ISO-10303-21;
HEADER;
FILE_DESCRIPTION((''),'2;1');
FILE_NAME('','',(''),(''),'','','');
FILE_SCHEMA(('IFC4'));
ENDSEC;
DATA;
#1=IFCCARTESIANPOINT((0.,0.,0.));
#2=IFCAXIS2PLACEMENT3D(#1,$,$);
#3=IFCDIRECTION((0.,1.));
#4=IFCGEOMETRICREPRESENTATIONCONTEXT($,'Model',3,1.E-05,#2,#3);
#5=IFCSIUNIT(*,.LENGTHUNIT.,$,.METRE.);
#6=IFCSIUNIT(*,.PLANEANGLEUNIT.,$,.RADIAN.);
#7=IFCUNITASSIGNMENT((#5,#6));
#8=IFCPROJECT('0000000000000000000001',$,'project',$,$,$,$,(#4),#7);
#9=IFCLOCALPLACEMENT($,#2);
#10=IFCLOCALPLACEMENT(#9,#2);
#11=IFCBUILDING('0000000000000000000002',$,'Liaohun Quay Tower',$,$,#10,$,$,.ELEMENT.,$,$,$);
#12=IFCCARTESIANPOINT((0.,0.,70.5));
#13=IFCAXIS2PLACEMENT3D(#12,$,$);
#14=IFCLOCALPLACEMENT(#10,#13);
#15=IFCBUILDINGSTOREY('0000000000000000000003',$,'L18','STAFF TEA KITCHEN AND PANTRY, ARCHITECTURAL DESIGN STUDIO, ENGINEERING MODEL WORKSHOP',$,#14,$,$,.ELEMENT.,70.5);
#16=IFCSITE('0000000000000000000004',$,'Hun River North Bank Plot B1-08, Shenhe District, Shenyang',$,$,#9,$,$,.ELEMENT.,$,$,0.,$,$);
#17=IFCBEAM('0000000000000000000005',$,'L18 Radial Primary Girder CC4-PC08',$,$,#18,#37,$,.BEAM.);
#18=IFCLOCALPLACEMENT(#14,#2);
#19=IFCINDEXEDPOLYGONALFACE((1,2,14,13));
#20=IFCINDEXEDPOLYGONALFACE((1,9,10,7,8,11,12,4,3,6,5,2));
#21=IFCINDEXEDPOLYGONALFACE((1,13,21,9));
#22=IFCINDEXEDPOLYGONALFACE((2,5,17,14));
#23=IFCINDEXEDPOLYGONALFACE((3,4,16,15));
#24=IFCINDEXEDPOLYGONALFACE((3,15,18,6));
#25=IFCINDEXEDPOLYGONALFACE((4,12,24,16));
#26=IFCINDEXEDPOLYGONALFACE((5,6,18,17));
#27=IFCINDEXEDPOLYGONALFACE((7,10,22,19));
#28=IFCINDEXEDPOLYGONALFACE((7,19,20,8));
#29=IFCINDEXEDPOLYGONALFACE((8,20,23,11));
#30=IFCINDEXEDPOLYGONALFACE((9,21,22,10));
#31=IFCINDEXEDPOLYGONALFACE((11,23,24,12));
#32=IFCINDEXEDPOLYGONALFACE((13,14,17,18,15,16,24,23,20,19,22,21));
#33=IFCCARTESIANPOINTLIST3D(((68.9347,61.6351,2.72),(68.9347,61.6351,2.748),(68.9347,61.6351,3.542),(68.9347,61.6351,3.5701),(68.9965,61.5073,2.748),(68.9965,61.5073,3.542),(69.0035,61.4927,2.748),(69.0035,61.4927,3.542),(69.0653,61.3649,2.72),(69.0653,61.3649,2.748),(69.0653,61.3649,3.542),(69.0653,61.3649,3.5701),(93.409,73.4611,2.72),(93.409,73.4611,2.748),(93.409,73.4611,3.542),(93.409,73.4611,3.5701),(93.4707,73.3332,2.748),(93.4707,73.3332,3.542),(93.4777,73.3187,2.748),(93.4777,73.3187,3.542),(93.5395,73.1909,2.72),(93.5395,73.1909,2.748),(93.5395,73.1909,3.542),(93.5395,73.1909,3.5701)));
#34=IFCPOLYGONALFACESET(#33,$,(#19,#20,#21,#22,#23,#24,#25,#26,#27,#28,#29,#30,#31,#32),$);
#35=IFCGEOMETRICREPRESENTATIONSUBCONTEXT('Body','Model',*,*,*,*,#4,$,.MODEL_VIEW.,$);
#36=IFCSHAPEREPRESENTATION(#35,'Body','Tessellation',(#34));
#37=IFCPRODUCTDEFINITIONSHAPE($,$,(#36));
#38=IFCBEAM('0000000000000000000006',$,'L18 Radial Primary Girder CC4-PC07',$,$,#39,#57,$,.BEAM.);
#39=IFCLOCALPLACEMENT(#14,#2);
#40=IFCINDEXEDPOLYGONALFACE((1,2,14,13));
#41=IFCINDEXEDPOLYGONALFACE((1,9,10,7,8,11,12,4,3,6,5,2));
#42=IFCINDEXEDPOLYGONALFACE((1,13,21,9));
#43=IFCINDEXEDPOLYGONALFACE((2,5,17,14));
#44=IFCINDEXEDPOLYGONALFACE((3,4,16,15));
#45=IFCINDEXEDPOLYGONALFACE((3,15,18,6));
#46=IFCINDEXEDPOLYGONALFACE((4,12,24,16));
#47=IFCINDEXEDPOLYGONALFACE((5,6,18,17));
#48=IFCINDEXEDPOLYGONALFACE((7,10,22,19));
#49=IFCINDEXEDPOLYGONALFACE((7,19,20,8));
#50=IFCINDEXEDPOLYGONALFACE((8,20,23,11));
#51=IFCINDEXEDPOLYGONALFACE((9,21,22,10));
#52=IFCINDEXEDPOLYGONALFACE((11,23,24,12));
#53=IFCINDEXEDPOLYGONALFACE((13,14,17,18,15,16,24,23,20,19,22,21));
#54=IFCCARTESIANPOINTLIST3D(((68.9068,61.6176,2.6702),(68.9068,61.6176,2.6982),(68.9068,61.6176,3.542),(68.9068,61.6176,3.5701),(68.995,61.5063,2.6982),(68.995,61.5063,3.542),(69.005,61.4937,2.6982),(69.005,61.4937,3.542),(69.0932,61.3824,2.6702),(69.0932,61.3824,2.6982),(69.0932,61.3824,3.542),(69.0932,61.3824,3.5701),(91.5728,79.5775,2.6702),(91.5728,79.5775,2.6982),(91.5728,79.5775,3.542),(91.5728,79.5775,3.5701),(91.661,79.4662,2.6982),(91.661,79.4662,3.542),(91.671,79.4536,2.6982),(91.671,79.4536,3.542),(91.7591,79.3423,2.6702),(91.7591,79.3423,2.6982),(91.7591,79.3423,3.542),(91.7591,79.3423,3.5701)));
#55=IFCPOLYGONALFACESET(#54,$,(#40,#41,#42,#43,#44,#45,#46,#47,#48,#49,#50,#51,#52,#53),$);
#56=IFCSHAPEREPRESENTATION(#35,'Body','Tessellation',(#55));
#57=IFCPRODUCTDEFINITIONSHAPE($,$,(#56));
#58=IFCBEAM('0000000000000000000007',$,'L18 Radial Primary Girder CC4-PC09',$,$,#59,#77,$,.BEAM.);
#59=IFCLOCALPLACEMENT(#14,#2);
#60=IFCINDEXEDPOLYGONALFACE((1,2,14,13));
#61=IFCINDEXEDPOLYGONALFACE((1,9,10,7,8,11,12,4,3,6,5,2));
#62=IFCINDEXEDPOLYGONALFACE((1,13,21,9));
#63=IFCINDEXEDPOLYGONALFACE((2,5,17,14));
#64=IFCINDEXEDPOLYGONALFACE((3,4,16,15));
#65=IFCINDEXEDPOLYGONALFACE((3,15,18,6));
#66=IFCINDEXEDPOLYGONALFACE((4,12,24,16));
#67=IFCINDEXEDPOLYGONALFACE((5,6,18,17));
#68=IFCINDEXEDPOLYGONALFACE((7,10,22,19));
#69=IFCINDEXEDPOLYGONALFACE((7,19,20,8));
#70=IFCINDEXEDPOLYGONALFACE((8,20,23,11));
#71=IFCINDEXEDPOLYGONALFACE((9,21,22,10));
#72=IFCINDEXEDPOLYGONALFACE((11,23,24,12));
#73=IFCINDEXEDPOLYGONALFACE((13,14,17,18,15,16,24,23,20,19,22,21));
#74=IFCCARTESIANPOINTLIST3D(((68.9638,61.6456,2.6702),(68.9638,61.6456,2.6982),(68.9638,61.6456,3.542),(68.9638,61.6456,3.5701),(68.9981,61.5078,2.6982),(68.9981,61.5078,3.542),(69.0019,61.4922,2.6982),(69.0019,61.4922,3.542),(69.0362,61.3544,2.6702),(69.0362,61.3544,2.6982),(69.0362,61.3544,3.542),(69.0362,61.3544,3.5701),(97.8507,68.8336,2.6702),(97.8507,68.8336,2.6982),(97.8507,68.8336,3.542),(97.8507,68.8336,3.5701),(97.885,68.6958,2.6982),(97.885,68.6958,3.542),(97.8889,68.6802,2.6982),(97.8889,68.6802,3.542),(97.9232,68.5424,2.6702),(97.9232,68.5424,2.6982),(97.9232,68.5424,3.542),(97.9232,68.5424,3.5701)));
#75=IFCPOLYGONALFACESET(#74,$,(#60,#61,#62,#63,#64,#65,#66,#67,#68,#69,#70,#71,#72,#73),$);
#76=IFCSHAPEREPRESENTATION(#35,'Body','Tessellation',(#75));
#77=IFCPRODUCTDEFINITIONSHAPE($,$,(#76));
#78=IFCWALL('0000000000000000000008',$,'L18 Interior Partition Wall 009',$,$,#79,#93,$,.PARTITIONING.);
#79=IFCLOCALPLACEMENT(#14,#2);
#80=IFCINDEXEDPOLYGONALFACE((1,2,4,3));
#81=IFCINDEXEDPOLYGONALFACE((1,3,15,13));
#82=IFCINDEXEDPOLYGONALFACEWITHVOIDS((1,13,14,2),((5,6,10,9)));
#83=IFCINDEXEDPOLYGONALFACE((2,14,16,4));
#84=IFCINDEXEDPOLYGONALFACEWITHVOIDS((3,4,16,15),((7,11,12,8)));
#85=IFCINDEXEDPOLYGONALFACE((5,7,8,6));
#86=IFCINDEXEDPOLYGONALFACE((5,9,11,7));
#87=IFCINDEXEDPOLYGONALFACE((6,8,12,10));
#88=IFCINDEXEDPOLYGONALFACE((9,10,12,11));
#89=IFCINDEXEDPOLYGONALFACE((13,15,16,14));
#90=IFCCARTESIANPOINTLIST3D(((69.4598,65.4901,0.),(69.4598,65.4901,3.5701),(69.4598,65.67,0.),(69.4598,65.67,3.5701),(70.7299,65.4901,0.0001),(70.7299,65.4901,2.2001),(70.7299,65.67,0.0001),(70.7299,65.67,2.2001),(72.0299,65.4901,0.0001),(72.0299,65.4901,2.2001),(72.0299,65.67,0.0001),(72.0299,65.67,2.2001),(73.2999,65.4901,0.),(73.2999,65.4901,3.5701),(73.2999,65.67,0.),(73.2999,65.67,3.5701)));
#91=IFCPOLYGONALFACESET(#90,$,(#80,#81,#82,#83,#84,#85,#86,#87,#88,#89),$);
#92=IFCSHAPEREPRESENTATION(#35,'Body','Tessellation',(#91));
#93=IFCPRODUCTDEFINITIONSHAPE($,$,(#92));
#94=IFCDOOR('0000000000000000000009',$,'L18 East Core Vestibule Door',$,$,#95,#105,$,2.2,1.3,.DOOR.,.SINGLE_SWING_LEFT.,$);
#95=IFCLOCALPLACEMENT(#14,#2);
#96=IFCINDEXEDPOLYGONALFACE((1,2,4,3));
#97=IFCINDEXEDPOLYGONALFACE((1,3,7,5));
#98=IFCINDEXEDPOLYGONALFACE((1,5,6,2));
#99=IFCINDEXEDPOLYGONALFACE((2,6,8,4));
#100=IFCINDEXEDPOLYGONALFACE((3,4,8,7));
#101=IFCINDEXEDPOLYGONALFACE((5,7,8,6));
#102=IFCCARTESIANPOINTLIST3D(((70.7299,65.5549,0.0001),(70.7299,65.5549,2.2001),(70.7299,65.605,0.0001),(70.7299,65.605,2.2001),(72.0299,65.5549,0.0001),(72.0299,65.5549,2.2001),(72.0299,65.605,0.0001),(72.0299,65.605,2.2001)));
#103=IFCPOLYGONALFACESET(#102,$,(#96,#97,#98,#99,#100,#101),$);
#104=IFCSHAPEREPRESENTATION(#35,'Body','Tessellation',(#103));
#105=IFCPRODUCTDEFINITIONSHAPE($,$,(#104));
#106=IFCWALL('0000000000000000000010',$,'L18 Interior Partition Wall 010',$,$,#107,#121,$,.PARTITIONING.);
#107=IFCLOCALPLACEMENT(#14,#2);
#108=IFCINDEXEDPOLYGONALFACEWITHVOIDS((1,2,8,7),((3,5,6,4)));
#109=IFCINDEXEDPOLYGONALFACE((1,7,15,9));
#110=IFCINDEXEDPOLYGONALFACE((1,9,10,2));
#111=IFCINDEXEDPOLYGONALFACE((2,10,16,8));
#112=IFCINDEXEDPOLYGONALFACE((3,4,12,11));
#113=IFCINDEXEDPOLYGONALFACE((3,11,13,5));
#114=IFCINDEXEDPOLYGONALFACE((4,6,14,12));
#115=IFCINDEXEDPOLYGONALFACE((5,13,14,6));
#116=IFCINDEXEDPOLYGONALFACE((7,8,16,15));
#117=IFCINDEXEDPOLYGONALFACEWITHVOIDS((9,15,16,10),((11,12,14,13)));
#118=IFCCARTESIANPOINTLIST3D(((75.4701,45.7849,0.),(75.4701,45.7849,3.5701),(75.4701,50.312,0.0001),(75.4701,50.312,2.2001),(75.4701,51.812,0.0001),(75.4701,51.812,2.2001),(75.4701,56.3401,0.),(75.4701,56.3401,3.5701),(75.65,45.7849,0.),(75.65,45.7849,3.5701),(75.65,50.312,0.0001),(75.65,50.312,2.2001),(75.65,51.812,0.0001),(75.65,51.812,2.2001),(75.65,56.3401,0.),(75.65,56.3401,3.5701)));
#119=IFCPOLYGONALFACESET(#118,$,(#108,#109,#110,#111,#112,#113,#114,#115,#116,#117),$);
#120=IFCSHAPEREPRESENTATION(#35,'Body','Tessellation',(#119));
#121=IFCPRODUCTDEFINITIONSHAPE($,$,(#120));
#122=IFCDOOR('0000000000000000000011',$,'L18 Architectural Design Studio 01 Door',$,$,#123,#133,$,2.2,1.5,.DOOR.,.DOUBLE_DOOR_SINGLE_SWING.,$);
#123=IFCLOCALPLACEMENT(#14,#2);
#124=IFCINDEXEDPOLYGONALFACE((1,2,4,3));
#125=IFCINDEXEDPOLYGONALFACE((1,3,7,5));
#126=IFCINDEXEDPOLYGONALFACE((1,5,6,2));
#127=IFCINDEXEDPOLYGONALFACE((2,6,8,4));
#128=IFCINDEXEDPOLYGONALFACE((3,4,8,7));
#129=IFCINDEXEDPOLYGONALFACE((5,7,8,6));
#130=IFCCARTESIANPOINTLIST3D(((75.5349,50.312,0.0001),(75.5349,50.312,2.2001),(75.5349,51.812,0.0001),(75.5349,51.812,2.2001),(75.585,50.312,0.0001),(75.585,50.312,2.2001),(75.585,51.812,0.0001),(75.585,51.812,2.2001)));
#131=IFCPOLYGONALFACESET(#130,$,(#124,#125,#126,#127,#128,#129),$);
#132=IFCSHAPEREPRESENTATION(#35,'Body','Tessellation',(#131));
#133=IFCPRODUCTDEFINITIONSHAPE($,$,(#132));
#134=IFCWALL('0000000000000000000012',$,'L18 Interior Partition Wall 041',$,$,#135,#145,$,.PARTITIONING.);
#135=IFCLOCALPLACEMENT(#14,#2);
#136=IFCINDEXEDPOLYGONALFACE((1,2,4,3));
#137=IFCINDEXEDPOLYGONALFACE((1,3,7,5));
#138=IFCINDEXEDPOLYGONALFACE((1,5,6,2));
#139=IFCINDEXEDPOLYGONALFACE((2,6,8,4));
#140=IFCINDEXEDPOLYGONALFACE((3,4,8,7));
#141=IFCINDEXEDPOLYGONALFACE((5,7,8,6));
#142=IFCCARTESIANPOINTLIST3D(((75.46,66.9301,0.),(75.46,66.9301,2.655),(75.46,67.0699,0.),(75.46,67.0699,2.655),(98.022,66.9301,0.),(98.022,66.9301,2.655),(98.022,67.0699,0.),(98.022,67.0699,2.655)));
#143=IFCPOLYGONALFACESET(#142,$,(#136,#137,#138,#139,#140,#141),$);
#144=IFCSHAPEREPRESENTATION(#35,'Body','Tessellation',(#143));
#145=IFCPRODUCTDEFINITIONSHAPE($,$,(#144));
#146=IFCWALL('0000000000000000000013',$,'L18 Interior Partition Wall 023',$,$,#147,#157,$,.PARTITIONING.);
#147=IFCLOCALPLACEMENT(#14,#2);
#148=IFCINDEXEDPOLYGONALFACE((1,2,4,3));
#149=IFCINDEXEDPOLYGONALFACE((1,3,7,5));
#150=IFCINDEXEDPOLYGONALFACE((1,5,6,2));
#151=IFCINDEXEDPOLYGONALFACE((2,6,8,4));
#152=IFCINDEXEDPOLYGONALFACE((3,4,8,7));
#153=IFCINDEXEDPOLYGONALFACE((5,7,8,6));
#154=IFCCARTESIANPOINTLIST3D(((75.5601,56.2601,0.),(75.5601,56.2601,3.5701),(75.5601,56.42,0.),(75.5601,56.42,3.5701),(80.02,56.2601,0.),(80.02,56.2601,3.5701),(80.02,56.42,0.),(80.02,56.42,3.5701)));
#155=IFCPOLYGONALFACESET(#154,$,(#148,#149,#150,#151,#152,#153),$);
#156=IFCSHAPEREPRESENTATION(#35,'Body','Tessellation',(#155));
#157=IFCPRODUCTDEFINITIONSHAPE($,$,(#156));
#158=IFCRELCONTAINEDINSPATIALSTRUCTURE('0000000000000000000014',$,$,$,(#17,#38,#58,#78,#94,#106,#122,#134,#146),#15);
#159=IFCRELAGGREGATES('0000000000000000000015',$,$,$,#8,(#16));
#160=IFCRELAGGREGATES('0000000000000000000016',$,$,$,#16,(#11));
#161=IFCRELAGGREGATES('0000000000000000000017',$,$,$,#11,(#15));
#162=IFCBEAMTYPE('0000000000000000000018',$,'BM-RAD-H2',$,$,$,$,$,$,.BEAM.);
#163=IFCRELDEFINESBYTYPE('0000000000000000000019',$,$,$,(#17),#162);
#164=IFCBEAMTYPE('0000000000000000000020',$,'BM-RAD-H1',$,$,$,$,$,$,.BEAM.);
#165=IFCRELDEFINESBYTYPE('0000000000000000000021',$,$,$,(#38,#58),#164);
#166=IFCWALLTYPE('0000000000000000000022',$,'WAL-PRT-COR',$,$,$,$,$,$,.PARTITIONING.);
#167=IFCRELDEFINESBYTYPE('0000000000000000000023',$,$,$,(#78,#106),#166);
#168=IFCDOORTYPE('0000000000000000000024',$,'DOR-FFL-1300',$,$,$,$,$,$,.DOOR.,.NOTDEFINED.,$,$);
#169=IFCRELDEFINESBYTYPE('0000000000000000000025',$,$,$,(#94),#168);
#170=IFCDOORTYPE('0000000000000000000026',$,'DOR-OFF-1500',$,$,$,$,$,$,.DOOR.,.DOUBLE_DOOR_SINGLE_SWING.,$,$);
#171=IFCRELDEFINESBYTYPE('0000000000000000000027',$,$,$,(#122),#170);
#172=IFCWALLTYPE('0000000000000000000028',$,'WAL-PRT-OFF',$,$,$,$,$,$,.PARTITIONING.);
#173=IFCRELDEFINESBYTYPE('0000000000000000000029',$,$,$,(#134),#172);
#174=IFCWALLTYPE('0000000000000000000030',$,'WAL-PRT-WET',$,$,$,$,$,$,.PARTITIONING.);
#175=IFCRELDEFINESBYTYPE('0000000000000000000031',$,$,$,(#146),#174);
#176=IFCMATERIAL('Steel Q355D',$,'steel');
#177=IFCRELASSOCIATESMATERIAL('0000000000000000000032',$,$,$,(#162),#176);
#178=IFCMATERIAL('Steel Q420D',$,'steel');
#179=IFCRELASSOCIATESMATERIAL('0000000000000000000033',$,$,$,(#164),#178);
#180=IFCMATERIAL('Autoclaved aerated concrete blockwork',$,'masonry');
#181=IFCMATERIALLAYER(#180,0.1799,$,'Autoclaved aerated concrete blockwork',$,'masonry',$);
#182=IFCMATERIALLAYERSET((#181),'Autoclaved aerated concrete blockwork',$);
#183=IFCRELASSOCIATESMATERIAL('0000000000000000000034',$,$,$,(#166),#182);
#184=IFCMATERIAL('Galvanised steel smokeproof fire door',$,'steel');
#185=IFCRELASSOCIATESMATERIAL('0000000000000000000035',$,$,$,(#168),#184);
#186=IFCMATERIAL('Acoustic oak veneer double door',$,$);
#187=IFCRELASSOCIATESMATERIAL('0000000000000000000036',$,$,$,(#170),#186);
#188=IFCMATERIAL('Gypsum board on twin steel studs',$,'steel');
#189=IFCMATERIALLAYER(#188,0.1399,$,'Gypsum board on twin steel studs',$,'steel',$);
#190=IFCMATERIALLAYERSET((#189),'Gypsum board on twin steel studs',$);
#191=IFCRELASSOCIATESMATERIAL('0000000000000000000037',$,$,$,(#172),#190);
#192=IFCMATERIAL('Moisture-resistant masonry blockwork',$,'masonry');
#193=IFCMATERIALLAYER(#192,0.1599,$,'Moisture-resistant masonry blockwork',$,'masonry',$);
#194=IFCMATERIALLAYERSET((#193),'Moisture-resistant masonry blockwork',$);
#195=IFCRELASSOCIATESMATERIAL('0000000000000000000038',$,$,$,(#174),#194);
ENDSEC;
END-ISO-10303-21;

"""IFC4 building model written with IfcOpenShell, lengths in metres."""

from ifc_helpers import new_model, si_unit, direction, frame, frame_2d, origin, origin_2d, place, context, subcontext, project, spatial, rectangle, i_section, extrude, source, transform, mapped, material, layer, layer_set, material_profile, profile_set, type_object, element, fill, save


model = new_model("IFC4")

# Units and contexts
model_context = context("Model", 3, precision=1e-05, world=origin(), true_north=direction((0.0, 1.0)))
body_context = subcontext(model_context, "Body", "Model", "MODEL_VIEW")
ifc_project = project(units=[si_unit("LENGTHUNIT", "METRE"), si_unit("PLANEANGLEUNIT", "RADIAN")], contexts=[model_context])

# Site, building, storey
site_placement = place(None, origin())
site = spatial("IfcSite", under=ifc_project, at=site_placement, Name="Hun River North Bank Plot B1-08, Shenhe District, Shenyang", CompositionType="ELEMENT", RefElevation=0.0)
building_placement = place(site_placement, origin())
building = spatial("IfcBuilding", under=site, at=building_placement, Name="Liaohun Quay Tower", CompositionType="ELEMENT")
storey_placement = place(building_placement, frame((0.0, 0.0, 70.5)))
storey = spatial("IfcBuildingStorey", under=building, at=storey_placement, Name="L18", Description="STAFF TEA KITCHEN AND PANTRY, ARCHITECTURAL DESIGN STUDIO, ENGINEERING MODEL WORKSHOP", CompositionType="ELEMENT", Elevation=70.5)

# Beams
ifc_material_1 = material(Name="Steel Q355D", Category="steel")
ifc_material_profile_1 = material_profile(ifc_material_1, i_section(OverallWidth=0.3, OverallDepth=0.8501, WebThickness=0.0161, FlangeThickness=0.0281, at=origin_2d()), Name="HN850x300x16x28")
ifc_profile_set_1 = profile_set([ifc_material_profile_1], Name="Steel Q355D")
beam_type_1 = type_object("IfcBeamType", Name="BM-RAD-H2", PredefinedType="BEAM", material=ifc_profile_set_1)
shared_shape_1 = source(origin(), body_context, "Body", "SweptSolid", [
    extrude(i_section(OverallWidth=0.3, OverallDepth=0.8501, WebThickness=0.0161, FlangeThickness=0.0281, at=origin_2d()), origin(), (0.0, 0.0, 1.0), 27.1816),
])
beam_1_placement = place(storey_placement, frame((69.0, 61.5, 3.145), z_axis=(0.900396, 0.435072, 0.0), x_axis=(-0.435072, 0.900396, 0.0)))
element("IfcBeam", 1, at=beam_1_placement, inside=storey, type_object=beam_type_1, Name="L18 Radial Primary Girder CC4-PC08", PredefinedType="BEAM", context=body_context, shape_type="MappedRepresentation", body=[
    mapped(shared_shape_1, transform((0.0, 0.0, 0.0), x_axis=(1.0, 0.0, 0.0), y_axis=(0.0, 1.0, 0.0), z_axis=(0.0, 0.0, 1.0), scale=1.0)),
])
ifc_material_2 = material(Name="Steel Q420D", Category="steel")
ifc_material_profile_2 = material_profile(ifc_material_2, i_section(OverallWidth=0.3, OverallDepth=0.8999, WebThickness=0.0161, FlangeThickness=0.0281, at=origin_2d()), Name="HN900x300x16x28")
ifc_profile_set_2 = profile_set([ifc_material_profile_2], Name="Steel Q420D")
beam_type_2 = type_object("IfcBeamType", Name="BM-RAD-H1", PredefinedType="BEAM", material=ifc_profile_set_2)
shared_shape_2 = source(origin(), body_context, "Body", "SweptSolid", [
    extrude(i_section(OverallWidth=0.3, OverallDepth=0.8999, WebThickness=0.0161, FlangeThickness=0.0281, at=origin_2d()), origin(), (0.0, 0.0, 1.0), 28.9189),
])
beam_2_placement = place(storey_placement, frame((69.0, 61.5, 3.1201), z_axis=(0.783776, 0.621044, 0.0), x_axis=(-0.621044, 0.783776, 0.0)))
element("IfcBeam", 2, at=beam_2_placement, inside=storey, type_object=beam_type_2, Name="L18 Radial Primary Girder CC4-PC07", PredefinedType="BEAM", context=body_context, shape_type="MappedRepresentation", body=[
    mapped(shared_shape_2, transform((0.0, 0.0, 0.0), x_axis=(1.0, 0.0, 0.0), y_axis=(0.0, 1.0, 0.0), z_axis=(0.0, 0.0, 1.0), scale=1.0)),
])
shared_shape_3 = source(origin(), body_context, "Body", "SweptSolid", [
    extrude(i_section(OverallWidth=0.3, OverallDepth=0.8999, WebThickness=0.0161, FlangeThickness=0.0281, at=origin_2d()), origin(), (0.0, 0.0, 1.0), 29.7678),
])
beam_3_placement = place(storey_placement, frame((69.0, 61.5, 3.1201), z_axis=(0.970409, 0.241468, 0.0), x_axis=(-0.241468, 0.970409, 0.0)))
element("IfcBeam", 3, at=beam_3_placement, inside=storey, type_object=beam_type_2, Name="L18 Radial Primary Girder CC4-PC09", PredefinedType="BEAM", context=body_context, shape_type="MappedRepresentation", body=[
    mapped(shared_shape_3, transform((0.0, 0.0, 0.0), x_axis=(1.0, 0.0, 0.0), y_axis=(0.0, 1.0, 0.0), z_axis=(0.0, 0.0, 1.0), scale=1.0)),
])

# Walls, openings, doors
ifc_material_3 = material(Name="Autoclaved aerated concrete blockwork", Category="masonry")
ifc_layer_1 = layer(ifc_material_3, 0.1799, Name="Autoclaved aerated concrete blockwork", Category="masonry")
ifc_layer_set_1 = layer_set([ifc_layer_1], Name="Autoclaved aerated concrete blockwork")
wall_type_1 = type_object("IfcWallType", Name="WAL-PRT-COR", PredefinedType="PARTITIONING", material=ifc_layer_set_1)
wall_1_placement = place(storey_placement, frame((69.46, 65.5801, 0.0), z_axis=(0.0, 0.0, 1.0), x_axis=(1.0, 0.0, 0.0)))
wall_1 = element("IfcWall", 4, at=wall_1_placement, inside=storey, type_object=wall_type_1, Name="L18 Interior Partition Wall 009", PredefinedType="PARTITIONING", context=body_context, shape_type="SweptSolid", body=[
    extrude(rectangle(XDim=3.8401, YDim=0.1799, at=frame_2d((1.9199, 0.0))), origin(), (0.0, 0.0, 1.0), 3.5701),
])
shared_shape_4 = source(origin(), body_context, "Body", "SweptSolid", [
    extrude(rectangle(XDim=1.3, YDim=2.2, at=frame_2d((0.6499, 1.1001))), frame((0.0, 0.0999, 0.0), z_axis=(0.0, -1.0, 0.0), x_axis=(1.0, 0.0, 0.0)), (0.0, 0.0, 1.0), 0.2),
])
opening_1_placement = place(wall_1_placement, frame((1.27, 0.0, 0.0)))
opening_1 = element("IfcOpeningElement", 5, at=opening_1_placement, cuts=wall_1, PredefinedType="OPENING", context=body_context, shape_type="MappedRepresentation", body=[
    mapped(shared_shape_4, transform((0.0, 0.0, 0.0), x_axis=(1.0, 0.0, 0.0), y_axis=(0.0, 1.0, 0.0), z_axis=(0.0, 0.0, 1.0), scale=1.0)),
])
ifc_material_4 = material(Name="Galvanised steel smokeproof fire door", Category="steel")
door_type_1 = type_object("IfcDoorType", Name="DOR-FFL-1300", OperationType="NOTDEFINED", PredefinedType="DOOR", material=ifc_material_4)
shared_shape_5 = source(origin(), body_context, "Body", "SweptSolid", [
    extrude(rectangle(XDim=1.3, YDim=2.2, at=frame_2d((0.6499, 1.1001))), frame((0.0, 0.0249, 0.0), z_axis=(0.0, -1.0, 0.0), x_axis=(1.0, 0.0, 0.0)), (0.0, 0.0, 1.0), 0.05),
])
door_1_placement = place(opening_1_placement, origin())
door_1 = element("IfcDoor", 6, at=door_1_placement, inside=storey, type_object=door_type_1, Name="L18 East Core Vestibule Door", OperationType="SINGLE_SWING_LEFT", OverallHeight=2.2, OverallWidth=1.3, PredefinedType="DOOR", context=body_context, shape_type="MappedRepresentation", body=[
    mapped(shared_shape_5, transform((0.0, 0.0, 0.0), x_axis=(1.0, 0.0, 0.0), y_axis=(0.0, 1.0, 0.0), z_axis=(0.0, 0.0, 1.0), scale=1.0)),
])
fill(opening_1, door_1)
wall_2_placement = place(storey_placement, frame((75.5601, 56.3401, 0.0), z_axis=(0.0, 0.0, 1.0), x_axis=(0.0, -1.0, 0.0)))
wall_2 = element("IfcWall", 7, at=wall_2_placement, inside=storey, type_object=wall_type_1, Name="L18 Interior Partition Wall 010", PredefinedType="PARTITIONING", context=body_context, shape_type="SweptSolid", body=[
    extrude(rectangle(XDim=10.5552, YDim=0.1799, at=frame_2d((5.2776, 0.0))), origin(), (0.0, 0.0, 1.0), 3.5701),
])
shared_shape_6 = source(origin(), body_context, "Body", "SweptSolid", [
    extrude(rectangle(XDim=1.5, YDim=2.2, at=frame_2d((0.75, 1.1001))), frame((0.0, 0.0999, 0.0), z_axis=(0.0, -1.0, 0.0), x_axis=(1.0, 0.0, 0.0)), (0.0, 0.0, 1.0), 0.2),
])
opening_2_placement = place(wall_2_placement, frame((4.5281, 0.0, 0.0)))
opening_2 = element("IfcOpeningElement", 8, at=opening_2_placement, cuts=wall_2, PredefinedType="OPENING", context=body_context, shape_type="MappedRepresentation", body=[
    mapped(shared_shape_6, transform((0.0, 0.0, 0.0), x_axis=(1.0, 0.0, 0.0), y_axis=(0.0, 1.0, 0.0), z_axis=(0.0, 0.0, 1.0), scale=1.0)),
])
ifc_material_5 = material(Name="Acoustic oak veneer double door")
door_type_2 = type_object("IfcDoorType", Name="DOR-OFF-1500", OperationType="DOUBLE_DOOR_SINGLE_SWING", PredefinedType="DOOR", material=ifc_material_5)
shared_shape_7 = source(origin(), body_context, "Body", "SweptSolid", [
    extrude(rectangle(XDim=1.5, YDim=2.2, at=frame_2d((0.75, 1.1001))), frame((0.0, 0.0249, 0.0), z_axis=(0.0, -1.0, 0.0), x_axis=(1.0, 0.0, 0.0)), (0.0, 0.0, 1.0), 0.05),
])
door_2_placement = place(opening_2_placement, origin())
door_2 = element("IfcDoor", 9, at=door_2_placement, inside=storey, type_object=door_type_2, Name="L18 Architectural Design Studio 01 Door", OperationType="DOUBLE_DOOR_SINGLE_SWING", OverallHeight=2.2, OverallWidth=1.5, PredefinedType="DOOR", context=body_context, shape_type="MappedRepresentation", body=[
    mapped(shared_shape_7, transform((0.0, 0.0, 0.0), x_axis=(1.0, 0.0, 0.0), y_axis=(0.0, 1.0, 0.0), z_axis=(0.0, 0.0, 1.0), scale=1.0)),
])
fill(opening_2, door_2)

# Wall
ifc_material_6 = material(Name="Gypsum board on twin steel studs", Category="steel")
ifc_layer_2 = layer(ifc_material_6, 0.1399, Name="Gypsum board on twin steel studs", Category="steel")
ifc_layer_set_2 = layer_set([ifc_layer_2], Name="Gypsum board on twin steel studs")
wall_type_2 = type_object("IfcWallType", Name="WAL-PRT-OFF", PredefinedType="PARTITIONING", material=ifc_layer_set_2)
wall_3_placement = place(storey_placement, frame((75.46, 67.0, 0.0), z_axis=(0.0, 0.0, 1.0), x_axis=(1.0, 0.0, 0.0)))
element("IfcWall", 10, at=wall_3_placement, inside=storey, type_object=wall_type_2, Name="L18 Interior Partition Wall 041", PredefinedType="PARTITIONING", context=body_context, shape_type="SweptSolid", body=[
    extrude(rectangle(XDim=22.562, YDim=0.1399, at=frame_2d((11.281, 0.0))), origin(), (0.0, 0.0, 1.0), 2.655),
])

# Shared definitions
ifc_material_7 = material(Name="Moisture-resistant masonry blockwork", Category="masonry")
ifc_layer_3 = layer(ifc_material_7, 0.1599, Name="Moisture-resistant masonry blockwork", Category="masonry")
ifc_layer_set_3 = layer_set([ifc_layer_3], Name="Moisture-resistant masonry blockwork")
wall_type_3 = type_object("IfcWallType", Name="WAL-PRT-WET", PredefinedType="PARTITIONING", material=ifc_layer_set_3)

# Wall
for number, where, z_axis, x_axis, name in (
    (11, (75.5601, 56.3401, 0.0), (0.0, 0.0, 1.0), (1.0, 0.0, 0.0), "L18 Interior Partition Wall 023"),
):
    element("IfcWall", number, at=place(storey_placement, frame(where, z_axis=z_axis, x_axis=x_axis)), inside=storey, type_object=wall_type_3, Name=name, PredefinedType="PARTITIONING", context=body_context, shape_type="SweptSolid", body=[
        extrude(rectangle(XDim=4.46, YDim=0.1599, at=frame_2d((2.23, 0.0))), origin(), (0.0, 0.0, 1.0), 3.5701),
    ])

save(model, "model.ifc")
